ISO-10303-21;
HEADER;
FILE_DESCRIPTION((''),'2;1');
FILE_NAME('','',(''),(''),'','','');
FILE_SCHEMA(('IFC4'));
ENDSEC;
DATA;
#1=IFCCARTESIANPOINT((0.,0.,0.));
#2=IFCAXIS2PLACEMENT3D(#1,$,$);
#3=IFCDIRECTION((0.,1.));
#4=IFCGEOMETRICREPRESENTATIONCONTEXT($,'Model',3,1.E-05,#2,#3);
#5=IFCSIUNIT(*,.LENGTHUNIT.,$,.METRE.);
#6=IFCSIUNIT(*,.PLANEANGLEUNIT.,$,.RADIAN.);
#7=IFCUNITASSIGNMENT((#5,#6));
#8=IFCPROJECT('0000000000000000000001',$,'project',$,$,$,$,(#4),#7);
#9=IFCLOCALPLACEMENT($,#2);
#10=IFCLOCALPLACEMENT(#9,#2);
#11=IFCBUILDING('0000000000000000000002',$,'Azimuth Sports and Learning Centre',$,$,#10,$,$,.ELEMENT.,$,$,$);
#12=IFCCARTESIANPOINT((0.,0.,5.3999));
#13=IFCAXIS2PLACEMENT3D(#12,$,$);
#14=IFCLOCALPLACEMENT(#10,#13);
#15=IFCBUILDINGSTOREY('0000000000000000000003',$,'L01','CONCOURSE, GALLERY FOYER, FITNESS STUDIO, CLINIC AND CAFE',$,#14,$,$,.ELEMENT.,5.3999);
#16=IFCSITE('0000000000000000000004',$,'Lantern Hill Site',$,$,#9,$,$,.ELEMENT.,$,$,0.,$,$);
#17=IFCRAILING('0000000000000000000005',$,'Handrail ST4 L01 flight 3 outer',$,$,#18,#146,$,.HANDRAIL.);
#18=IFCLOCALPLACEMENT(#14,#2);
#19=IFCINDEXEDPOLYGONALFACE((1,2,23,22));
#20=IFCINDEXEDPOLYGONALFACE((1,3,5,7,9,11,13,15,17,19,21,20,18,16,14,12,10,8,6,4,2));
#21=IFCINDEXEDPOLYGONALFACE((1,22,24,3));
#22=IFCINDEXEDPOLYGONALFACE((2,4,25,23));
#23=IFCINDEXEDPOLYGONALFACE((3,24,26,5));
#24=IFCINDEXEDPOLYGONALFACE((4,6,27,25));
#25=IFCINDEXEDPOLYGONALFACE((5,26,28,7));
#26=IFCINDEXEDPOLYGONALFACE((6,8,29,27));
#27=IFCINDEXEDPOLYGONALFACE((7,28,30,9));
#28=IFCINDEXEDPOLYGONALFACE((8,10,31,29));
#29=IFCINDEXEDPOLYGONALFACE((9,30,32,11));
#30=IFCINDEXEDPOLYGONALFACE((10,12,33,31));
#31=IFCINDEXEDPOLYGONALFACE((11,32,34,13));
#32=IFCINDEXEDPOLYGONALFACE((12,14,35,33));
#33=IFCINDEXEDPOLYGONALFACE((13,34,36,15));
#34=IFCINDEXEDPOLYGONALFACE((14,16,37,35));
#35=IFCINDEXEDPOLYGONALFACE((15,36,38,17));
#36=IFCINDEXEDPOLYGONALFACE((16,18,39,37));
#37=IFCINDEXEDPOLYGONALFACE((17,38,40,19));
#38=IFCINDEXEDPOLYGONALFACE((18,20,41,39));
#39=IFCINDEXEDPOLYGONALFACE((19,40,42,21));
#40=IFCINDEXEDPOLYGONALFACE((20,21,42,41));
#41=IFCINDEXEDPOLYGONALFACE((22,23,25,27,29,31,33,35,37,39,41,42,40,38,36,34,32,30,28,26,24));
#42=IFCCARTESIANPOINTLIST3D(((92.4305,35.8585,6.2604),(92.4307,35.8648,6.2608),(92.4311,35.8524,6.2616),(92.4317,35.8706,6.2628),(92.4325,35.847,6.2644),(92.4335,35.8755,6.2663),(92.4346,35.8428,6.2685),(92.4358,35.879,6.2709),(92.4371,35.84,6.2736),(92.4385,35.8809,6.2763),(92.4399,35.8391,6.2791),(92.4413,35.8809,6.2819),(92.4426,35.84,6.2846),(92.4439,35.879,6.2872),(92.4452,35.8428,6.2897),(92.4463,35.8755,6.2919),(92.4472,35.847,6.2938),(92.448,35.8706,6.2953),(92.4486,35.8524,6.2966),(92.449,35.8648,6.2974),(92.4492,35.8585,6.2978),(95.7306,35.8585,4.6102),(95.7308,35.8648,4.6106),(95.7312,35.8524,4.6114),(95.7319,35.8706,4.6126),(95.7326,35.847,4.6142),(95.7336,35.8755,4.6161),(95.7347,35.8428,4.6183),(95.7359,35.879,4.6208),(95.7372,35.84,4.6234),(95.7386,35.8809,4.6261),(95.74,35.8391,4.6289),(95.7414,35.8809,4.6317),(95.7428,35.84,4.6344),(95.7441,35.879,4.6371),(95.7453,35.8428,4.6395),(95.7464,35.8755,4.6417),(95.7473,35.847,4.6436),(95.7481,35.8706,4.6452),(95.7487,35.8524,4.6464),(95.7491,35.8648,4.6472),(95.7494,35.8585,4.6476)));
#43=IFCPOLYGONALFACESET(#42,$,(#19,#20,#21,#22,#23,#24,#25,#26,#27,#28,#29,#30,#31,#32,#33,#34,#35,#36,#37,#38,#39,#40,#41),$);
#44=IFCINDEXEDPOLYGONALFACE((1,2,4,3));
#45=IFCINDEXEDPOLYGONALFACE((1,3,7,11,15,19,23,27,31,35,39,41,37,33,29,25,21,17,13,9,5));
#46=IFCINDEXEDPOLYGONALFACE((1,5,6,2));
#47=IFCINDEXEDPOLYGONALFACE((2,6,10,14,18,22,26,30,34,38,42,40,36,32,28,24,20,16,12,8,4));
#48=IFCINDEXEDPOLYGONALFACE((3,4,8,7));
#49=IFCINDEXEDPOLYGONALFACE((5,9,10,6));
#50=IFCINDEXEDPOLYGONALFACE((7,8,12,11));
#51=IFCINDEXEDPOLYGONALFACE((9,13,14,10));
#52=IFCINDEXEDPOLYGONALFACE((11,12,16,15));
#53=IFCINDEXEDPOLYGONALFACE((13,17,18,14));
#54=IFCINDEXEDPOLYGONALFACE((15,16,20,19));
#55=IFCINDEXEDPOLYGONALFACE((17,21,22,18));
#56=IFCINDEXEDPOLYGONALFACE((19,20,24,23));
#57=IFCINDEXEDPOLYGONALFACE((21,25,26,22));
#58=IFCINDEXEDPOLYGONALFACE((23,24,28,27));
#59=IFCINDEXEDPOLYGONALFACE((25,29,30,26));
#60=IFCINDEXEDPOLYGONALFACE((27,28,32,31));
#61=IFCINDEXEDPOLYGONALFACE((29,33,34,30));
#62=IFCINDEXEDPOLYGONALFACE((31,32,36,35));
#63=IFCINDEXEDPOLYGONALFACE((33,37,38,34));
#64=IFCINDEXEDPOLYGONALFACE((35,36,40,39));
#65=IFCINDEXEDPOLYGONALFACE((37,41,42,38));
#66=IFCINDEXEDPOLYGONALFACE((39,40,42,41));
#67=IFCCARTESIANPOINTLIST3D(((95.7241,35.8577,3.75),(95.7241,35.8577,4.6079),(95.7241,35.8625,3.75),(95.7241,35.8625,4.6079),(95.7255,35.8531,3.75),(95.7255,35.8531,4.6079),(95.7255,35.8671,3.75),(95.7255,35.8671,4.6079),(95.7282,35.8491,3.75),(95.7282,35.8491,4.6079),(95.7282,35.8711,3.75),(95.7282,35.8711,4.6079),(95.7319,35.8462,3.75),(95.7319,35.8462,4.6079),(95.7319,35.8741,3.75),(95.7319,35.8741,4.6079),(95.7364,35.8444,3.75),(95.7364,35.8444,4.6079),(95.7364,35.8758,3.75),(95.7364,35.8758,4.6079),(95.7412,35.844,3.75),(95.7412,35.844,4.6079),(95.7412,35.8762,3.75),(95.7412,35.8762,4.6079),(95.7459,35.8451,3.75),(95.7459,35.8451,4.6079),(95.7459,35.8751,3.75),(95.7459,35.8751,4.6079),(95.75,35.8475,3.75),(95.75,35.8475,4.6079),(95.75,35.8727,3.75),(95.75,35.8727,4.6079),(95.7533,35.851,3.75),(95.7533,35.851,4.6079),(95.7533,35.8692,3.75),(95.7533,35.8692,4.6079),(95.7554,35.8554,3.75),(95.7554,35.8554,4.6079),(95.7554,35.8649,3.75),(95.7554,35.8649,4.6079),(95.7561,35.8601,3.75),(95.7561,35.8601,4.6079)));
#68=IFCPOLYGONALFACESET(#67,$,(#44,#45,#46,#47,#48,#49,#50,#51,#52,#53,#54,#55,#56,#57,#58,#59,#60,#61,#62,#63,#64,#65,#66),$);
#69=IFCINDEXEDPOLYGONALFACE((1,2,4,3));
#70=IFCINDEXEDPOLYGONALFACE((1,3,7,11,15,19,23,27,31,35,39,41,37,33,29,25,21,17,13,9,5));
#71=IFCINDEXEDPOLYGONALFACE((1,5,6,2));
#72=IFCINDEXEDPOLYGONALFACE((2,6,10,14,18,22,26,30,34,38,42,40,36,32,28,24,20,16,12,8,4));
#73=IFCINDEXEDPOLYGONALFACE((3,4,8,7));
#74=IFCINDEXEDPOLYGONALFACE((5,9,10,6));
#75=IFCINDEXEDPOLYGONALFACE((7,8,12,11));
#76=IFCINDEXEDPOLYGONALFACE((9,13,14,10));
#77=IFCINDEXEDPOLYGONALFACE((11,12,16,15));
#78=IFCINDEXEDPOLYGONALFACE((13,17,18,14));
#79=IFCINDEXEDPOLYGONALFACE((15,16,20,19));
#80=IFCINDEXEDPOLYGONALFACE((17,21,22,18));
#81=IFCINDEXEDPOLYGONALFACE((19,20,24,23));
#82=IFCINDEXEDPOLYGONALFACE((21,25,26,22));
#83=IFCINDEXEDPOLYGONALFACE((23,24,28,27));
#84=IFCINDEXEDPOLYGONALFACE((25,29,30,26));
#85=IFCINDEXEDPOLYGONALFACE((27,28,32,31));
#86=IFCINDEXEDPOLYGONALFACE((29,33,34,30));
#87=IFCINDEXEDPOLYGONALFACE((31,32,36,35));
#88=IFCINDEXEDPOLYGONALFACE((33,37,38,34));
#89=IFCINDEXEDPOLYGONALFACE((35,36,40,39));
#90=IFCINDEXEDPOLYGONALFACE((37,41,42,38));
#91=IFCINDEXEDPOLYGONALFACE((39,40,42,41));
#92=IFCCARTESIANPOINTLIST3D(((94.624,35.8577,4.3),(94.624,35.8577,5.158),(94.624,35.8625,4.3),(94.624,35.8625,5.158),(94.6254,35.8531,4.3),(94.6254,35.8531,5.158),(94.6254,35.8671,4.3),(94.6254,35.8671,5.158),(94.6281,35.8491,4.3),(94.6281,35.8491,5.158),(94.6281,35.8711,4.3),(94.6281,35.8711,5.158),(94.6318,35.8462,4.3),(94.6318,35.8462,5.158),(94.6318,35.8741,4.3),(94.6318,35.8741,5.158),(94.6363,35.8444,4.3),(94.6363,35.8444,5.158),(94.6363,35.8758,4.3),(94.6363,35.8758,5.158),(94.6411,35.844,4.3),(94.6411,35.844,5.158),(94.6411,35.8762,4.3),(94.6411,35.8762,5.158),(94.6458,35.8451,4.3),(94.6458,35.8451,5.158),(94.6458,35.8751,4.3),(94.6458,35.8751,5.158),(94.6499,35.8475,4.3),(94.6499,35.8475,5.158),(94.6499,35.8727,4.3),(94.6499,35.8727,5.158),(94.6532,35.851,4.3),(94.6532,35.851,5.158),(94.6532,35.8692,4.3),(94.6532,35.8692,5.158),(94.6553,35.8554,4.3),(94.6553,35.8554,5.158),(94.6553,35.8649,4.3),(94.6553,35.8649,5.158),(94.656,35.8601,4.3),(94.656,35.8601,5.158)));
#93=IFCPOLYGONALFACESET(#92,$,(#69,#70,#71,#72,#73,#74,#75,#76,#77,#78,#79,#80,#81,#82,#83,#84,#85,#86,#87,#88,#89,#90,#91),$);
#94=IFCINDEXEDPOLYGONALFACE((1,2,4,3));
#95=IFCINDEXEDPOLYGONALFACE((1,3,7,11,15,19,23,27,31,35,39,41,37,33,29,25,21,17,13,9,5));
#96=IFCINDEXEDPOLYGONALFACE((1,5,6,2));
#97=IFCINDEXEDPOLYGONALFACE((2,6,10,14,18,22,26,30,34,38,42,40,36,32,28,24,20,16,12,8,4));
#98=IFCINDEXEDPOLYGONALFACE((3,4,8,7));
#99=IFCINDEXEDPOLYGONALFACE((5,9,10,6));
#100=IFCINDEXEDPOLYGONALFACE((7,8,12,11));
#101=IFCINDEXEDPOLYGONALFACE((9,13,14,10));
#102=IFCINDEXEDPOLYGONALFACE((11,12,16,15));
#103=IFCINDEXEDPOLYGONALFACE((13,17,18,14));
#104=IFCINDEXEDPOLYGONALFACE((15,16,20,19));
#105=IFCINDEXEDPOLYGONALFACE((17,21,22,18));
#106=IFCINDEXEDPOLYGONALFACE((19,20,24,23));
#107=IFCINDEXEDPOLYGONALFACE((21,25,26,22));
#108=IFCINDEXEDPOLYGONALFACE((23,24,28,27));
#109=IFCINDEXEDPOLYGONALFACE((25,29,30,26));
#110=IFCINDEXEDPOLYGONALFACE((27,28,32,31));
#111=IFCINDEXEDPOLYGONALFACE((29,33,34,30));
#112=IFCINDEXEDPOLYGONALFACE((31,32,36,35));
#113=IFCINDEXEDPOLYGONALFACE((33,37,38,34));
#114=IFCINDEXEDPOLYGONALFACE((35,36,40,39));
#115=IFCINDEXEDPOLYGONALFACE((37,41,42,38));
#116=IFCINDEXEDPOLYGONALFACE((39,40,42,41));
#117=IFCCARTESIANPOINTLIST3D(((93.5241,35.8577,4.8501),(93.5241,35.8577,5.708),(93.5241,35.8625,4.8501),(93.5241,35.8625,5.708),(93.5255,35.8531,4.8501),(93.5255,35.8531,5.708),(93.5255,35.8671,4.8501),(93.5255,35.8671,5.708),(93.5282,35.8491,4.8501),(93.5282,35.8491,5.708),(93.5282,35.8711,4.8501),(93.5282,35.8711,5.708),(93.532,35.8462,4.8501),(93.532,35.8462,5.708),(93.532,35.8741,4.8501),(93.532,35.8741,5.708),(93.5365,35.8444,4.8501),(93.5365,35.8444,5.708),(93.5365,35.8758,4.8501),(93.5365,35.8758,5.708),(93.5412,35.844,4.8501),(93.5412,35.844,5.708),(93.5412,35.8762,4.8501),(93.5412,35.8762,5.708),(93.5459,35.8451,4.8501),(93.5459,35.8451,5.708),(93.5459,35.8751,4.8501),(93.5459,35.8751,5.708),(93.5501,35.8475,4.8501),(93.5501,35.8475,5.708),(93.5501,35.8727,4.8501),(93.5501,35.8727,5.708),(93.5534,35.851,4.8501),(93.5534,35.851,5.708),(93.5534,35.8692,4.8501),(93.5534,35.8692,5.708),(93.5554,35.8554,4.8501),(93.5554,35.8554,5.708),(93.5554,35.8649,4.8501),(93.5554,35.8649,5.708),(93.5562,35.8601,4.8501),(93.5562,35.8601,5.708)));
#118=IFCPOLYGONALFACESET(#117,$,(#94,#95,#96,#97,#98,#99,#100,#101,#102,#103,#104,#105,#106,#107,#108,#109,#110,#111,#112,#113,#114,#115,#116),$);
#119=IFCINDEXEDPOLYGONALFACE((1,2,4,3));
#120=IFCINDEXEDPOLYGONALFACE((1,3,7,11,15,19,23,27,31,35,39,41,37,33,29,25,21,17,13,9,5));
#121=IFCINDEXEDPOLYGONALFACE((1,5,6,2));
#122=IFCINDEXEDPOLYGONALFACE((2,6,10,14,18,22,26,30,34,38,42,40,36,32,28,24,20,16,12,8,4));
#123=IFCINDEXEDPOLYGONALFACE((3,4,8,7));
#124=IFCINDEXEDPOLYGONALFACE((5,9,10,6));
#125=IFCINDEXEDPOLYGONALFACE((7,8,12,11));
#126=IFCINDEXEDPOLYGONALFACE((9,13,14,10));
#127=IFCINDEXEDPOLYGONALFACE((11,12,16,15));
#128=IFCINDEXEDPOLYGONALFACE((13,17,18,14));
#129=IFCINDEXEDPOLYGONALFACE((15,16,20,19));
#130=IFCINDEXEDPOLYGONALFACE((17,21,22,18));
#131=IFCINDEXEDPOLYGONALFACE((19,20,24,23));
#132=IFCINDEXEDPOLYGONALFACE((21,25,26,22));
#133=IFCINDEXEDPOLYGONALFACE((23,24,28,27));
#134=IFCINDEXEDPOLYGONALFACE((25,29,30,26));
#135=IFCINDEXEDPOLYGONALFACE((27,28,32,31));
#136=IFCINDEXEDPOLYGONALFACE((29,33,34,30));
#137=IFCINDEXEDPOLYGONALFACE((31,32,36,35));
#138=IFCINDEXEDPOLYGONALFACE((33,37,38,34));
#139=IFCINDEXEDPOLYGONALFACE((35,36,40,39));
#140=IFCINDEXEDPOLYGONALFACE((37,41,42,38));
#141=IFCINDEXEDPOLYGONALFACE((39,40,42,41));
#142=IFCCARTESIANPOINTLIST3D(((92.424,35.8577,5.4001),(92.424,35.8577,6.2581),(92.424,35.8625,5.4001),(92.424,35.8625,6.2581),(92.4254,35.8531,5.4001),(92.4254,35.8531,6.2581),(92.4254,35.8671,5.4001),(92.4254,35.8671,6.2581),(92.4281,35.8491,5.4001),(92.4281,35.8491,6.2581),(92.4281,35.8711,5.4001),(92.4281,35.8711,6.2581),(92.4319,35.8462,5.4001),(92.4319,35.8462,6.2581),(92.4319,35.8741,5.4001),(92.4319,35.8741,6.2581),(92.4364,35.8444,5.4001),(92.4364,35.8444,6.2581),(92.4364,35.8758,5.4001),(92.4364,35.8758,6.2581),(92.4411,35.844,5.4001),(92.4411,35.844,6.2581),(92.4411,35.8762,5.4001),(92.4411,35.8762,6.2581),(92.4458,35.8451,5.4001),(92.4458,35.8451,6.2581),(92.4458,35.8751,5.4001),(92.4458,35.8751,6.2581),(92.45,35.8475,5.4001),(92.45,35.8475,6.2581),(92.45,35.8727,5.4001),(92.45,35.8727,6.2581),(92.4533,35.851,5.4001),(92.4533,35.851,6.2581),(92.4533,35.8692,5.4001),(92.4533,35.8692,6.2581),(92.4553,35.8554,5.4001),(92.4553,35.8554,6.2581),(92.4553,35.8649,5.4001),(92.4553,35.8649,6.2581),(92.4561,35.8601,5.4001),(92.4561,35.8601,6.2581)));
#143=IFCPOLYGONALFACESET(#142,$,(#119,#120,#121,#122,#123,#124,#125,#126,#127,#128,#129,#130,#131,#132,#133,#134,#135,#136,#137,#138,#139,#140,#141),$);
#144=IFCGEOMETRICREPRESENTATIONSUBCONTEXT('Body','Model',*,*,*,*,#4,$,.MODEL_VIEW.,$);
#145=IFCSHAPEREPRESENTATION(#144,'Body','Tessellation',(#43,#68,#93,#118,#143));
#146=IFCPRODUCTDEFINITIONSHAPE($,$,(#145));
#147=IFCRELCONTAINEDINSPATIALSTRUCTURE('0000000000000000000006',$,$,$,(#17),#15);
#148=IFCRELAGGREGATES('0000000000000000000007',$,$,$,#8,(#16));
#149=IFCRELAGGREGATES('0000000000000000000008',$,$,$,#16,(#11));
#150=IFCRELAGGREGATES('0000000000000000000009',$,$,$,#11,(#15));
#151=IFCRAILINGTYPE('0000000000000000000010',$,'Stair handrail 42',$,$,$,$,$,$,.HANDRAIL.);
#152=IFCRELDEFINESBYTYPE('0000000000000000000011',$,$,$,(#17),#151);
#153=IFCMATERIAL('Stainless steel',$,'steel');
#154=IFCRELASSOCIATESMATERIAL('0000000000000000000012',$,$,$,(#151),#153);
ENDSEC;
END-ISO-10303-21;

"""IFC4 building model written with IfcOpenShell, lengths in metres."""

from ifc_helpers import new_model, si_unit, direction, frame, origin, origin_2d, place, context, subcontext, project, spatial, circle, extrude, material, type_object, element, save


model = new_model("IFC4")

# Units and contexts
model_context = context("Model", 3, precision=1e-05, world=origin(), true_north=direction((0.0, 1.0)))
body_context = subcontext(model_context, "Body", "Model", "MODEL_VIEW")
ifc_project = project(units=[si_unit("LENGTHUNIT", "METRE"), si_unit("PLANEANGLEUNIT", "RADIAN")], contexts=[model_context])

# Site, building, storey
site_placement = place(None, origin())
site = spatial("IfcSite", under=ifc_project, at=site_placement, Name="Lantern Hill Site", CompositionType="ELEMENT", RefElevation=0.0)
building_placement = place(site_placement, origin())
building = spatial("IfcBuilding", under=site, at=building_placement, Name="Azimuth Sports and Learning Centre", CompositionType="ELEMENT")
storey_placement = place(building_placement, frame((0.0, 0.0, 5.3999)))
storey = spatial("IfcBuildingStorey", under=building, at=storey_placement, Name="L01", Description="CONCOURSE, GALLERY FOYER, FITNESS STUDIO, CLINIC AND CAFE", CompositionType="ELEMENT", Elevation=5.3999)

# Railing
ifc_material_1 = material(Name="Stainless steel", Category="steel")
railing_type_1 = type_object("IfcRailingType", Name="Stair handrail 42", PredefinedType="HANDRAIL", material=ifc_material_1)
for number, where, name in (
    (1, (95.74, 35.8601, 3.75), "Handrail ST4 L01 flight 3 outer"),
):
    element("IfcRailing", number, at=place(storey_placement, frame(where)), inside=storey, type_object=railing_type_1, Name=name, PredefinedType="HANDRAIL", context=body_context, shape_type="SweptSolid", body=[
        extrude(circle(Radius=0.021, at=origin_2d()), frame((0.0, 0.0, 0.8789), z_axis=(-0.894414, 0.0, 0.44724), x_axis=(0.0, -1.0, 0.0)), (0.0, 0.0, 1.0), 3.6897),
        extrude(circle(Radius=0.0161, at=origin_2d()), origin(), (0.0, 0.0, 1.0), 0.8579),
        extrude(circle(Radius=0.0161, at=origin_2d()), frame((-1.1001, 0.0, 0.55)), (0.0, 0.0, 1.0), 0.8579),
        extrude(circle(Radius=0.0161, at=origin_2d()), frame((-2.2, 0.0, 1.1001)), (0.0, 0.0, 1.0), 0.8579),
        extrude(circle(Radius=0.0161, at=origin_2d()), frame((-3.3, 0.0, 1.6501)), (0.0, 0.0, 1.0), 0.8579),
    ])

save(model, "model.ifc")
